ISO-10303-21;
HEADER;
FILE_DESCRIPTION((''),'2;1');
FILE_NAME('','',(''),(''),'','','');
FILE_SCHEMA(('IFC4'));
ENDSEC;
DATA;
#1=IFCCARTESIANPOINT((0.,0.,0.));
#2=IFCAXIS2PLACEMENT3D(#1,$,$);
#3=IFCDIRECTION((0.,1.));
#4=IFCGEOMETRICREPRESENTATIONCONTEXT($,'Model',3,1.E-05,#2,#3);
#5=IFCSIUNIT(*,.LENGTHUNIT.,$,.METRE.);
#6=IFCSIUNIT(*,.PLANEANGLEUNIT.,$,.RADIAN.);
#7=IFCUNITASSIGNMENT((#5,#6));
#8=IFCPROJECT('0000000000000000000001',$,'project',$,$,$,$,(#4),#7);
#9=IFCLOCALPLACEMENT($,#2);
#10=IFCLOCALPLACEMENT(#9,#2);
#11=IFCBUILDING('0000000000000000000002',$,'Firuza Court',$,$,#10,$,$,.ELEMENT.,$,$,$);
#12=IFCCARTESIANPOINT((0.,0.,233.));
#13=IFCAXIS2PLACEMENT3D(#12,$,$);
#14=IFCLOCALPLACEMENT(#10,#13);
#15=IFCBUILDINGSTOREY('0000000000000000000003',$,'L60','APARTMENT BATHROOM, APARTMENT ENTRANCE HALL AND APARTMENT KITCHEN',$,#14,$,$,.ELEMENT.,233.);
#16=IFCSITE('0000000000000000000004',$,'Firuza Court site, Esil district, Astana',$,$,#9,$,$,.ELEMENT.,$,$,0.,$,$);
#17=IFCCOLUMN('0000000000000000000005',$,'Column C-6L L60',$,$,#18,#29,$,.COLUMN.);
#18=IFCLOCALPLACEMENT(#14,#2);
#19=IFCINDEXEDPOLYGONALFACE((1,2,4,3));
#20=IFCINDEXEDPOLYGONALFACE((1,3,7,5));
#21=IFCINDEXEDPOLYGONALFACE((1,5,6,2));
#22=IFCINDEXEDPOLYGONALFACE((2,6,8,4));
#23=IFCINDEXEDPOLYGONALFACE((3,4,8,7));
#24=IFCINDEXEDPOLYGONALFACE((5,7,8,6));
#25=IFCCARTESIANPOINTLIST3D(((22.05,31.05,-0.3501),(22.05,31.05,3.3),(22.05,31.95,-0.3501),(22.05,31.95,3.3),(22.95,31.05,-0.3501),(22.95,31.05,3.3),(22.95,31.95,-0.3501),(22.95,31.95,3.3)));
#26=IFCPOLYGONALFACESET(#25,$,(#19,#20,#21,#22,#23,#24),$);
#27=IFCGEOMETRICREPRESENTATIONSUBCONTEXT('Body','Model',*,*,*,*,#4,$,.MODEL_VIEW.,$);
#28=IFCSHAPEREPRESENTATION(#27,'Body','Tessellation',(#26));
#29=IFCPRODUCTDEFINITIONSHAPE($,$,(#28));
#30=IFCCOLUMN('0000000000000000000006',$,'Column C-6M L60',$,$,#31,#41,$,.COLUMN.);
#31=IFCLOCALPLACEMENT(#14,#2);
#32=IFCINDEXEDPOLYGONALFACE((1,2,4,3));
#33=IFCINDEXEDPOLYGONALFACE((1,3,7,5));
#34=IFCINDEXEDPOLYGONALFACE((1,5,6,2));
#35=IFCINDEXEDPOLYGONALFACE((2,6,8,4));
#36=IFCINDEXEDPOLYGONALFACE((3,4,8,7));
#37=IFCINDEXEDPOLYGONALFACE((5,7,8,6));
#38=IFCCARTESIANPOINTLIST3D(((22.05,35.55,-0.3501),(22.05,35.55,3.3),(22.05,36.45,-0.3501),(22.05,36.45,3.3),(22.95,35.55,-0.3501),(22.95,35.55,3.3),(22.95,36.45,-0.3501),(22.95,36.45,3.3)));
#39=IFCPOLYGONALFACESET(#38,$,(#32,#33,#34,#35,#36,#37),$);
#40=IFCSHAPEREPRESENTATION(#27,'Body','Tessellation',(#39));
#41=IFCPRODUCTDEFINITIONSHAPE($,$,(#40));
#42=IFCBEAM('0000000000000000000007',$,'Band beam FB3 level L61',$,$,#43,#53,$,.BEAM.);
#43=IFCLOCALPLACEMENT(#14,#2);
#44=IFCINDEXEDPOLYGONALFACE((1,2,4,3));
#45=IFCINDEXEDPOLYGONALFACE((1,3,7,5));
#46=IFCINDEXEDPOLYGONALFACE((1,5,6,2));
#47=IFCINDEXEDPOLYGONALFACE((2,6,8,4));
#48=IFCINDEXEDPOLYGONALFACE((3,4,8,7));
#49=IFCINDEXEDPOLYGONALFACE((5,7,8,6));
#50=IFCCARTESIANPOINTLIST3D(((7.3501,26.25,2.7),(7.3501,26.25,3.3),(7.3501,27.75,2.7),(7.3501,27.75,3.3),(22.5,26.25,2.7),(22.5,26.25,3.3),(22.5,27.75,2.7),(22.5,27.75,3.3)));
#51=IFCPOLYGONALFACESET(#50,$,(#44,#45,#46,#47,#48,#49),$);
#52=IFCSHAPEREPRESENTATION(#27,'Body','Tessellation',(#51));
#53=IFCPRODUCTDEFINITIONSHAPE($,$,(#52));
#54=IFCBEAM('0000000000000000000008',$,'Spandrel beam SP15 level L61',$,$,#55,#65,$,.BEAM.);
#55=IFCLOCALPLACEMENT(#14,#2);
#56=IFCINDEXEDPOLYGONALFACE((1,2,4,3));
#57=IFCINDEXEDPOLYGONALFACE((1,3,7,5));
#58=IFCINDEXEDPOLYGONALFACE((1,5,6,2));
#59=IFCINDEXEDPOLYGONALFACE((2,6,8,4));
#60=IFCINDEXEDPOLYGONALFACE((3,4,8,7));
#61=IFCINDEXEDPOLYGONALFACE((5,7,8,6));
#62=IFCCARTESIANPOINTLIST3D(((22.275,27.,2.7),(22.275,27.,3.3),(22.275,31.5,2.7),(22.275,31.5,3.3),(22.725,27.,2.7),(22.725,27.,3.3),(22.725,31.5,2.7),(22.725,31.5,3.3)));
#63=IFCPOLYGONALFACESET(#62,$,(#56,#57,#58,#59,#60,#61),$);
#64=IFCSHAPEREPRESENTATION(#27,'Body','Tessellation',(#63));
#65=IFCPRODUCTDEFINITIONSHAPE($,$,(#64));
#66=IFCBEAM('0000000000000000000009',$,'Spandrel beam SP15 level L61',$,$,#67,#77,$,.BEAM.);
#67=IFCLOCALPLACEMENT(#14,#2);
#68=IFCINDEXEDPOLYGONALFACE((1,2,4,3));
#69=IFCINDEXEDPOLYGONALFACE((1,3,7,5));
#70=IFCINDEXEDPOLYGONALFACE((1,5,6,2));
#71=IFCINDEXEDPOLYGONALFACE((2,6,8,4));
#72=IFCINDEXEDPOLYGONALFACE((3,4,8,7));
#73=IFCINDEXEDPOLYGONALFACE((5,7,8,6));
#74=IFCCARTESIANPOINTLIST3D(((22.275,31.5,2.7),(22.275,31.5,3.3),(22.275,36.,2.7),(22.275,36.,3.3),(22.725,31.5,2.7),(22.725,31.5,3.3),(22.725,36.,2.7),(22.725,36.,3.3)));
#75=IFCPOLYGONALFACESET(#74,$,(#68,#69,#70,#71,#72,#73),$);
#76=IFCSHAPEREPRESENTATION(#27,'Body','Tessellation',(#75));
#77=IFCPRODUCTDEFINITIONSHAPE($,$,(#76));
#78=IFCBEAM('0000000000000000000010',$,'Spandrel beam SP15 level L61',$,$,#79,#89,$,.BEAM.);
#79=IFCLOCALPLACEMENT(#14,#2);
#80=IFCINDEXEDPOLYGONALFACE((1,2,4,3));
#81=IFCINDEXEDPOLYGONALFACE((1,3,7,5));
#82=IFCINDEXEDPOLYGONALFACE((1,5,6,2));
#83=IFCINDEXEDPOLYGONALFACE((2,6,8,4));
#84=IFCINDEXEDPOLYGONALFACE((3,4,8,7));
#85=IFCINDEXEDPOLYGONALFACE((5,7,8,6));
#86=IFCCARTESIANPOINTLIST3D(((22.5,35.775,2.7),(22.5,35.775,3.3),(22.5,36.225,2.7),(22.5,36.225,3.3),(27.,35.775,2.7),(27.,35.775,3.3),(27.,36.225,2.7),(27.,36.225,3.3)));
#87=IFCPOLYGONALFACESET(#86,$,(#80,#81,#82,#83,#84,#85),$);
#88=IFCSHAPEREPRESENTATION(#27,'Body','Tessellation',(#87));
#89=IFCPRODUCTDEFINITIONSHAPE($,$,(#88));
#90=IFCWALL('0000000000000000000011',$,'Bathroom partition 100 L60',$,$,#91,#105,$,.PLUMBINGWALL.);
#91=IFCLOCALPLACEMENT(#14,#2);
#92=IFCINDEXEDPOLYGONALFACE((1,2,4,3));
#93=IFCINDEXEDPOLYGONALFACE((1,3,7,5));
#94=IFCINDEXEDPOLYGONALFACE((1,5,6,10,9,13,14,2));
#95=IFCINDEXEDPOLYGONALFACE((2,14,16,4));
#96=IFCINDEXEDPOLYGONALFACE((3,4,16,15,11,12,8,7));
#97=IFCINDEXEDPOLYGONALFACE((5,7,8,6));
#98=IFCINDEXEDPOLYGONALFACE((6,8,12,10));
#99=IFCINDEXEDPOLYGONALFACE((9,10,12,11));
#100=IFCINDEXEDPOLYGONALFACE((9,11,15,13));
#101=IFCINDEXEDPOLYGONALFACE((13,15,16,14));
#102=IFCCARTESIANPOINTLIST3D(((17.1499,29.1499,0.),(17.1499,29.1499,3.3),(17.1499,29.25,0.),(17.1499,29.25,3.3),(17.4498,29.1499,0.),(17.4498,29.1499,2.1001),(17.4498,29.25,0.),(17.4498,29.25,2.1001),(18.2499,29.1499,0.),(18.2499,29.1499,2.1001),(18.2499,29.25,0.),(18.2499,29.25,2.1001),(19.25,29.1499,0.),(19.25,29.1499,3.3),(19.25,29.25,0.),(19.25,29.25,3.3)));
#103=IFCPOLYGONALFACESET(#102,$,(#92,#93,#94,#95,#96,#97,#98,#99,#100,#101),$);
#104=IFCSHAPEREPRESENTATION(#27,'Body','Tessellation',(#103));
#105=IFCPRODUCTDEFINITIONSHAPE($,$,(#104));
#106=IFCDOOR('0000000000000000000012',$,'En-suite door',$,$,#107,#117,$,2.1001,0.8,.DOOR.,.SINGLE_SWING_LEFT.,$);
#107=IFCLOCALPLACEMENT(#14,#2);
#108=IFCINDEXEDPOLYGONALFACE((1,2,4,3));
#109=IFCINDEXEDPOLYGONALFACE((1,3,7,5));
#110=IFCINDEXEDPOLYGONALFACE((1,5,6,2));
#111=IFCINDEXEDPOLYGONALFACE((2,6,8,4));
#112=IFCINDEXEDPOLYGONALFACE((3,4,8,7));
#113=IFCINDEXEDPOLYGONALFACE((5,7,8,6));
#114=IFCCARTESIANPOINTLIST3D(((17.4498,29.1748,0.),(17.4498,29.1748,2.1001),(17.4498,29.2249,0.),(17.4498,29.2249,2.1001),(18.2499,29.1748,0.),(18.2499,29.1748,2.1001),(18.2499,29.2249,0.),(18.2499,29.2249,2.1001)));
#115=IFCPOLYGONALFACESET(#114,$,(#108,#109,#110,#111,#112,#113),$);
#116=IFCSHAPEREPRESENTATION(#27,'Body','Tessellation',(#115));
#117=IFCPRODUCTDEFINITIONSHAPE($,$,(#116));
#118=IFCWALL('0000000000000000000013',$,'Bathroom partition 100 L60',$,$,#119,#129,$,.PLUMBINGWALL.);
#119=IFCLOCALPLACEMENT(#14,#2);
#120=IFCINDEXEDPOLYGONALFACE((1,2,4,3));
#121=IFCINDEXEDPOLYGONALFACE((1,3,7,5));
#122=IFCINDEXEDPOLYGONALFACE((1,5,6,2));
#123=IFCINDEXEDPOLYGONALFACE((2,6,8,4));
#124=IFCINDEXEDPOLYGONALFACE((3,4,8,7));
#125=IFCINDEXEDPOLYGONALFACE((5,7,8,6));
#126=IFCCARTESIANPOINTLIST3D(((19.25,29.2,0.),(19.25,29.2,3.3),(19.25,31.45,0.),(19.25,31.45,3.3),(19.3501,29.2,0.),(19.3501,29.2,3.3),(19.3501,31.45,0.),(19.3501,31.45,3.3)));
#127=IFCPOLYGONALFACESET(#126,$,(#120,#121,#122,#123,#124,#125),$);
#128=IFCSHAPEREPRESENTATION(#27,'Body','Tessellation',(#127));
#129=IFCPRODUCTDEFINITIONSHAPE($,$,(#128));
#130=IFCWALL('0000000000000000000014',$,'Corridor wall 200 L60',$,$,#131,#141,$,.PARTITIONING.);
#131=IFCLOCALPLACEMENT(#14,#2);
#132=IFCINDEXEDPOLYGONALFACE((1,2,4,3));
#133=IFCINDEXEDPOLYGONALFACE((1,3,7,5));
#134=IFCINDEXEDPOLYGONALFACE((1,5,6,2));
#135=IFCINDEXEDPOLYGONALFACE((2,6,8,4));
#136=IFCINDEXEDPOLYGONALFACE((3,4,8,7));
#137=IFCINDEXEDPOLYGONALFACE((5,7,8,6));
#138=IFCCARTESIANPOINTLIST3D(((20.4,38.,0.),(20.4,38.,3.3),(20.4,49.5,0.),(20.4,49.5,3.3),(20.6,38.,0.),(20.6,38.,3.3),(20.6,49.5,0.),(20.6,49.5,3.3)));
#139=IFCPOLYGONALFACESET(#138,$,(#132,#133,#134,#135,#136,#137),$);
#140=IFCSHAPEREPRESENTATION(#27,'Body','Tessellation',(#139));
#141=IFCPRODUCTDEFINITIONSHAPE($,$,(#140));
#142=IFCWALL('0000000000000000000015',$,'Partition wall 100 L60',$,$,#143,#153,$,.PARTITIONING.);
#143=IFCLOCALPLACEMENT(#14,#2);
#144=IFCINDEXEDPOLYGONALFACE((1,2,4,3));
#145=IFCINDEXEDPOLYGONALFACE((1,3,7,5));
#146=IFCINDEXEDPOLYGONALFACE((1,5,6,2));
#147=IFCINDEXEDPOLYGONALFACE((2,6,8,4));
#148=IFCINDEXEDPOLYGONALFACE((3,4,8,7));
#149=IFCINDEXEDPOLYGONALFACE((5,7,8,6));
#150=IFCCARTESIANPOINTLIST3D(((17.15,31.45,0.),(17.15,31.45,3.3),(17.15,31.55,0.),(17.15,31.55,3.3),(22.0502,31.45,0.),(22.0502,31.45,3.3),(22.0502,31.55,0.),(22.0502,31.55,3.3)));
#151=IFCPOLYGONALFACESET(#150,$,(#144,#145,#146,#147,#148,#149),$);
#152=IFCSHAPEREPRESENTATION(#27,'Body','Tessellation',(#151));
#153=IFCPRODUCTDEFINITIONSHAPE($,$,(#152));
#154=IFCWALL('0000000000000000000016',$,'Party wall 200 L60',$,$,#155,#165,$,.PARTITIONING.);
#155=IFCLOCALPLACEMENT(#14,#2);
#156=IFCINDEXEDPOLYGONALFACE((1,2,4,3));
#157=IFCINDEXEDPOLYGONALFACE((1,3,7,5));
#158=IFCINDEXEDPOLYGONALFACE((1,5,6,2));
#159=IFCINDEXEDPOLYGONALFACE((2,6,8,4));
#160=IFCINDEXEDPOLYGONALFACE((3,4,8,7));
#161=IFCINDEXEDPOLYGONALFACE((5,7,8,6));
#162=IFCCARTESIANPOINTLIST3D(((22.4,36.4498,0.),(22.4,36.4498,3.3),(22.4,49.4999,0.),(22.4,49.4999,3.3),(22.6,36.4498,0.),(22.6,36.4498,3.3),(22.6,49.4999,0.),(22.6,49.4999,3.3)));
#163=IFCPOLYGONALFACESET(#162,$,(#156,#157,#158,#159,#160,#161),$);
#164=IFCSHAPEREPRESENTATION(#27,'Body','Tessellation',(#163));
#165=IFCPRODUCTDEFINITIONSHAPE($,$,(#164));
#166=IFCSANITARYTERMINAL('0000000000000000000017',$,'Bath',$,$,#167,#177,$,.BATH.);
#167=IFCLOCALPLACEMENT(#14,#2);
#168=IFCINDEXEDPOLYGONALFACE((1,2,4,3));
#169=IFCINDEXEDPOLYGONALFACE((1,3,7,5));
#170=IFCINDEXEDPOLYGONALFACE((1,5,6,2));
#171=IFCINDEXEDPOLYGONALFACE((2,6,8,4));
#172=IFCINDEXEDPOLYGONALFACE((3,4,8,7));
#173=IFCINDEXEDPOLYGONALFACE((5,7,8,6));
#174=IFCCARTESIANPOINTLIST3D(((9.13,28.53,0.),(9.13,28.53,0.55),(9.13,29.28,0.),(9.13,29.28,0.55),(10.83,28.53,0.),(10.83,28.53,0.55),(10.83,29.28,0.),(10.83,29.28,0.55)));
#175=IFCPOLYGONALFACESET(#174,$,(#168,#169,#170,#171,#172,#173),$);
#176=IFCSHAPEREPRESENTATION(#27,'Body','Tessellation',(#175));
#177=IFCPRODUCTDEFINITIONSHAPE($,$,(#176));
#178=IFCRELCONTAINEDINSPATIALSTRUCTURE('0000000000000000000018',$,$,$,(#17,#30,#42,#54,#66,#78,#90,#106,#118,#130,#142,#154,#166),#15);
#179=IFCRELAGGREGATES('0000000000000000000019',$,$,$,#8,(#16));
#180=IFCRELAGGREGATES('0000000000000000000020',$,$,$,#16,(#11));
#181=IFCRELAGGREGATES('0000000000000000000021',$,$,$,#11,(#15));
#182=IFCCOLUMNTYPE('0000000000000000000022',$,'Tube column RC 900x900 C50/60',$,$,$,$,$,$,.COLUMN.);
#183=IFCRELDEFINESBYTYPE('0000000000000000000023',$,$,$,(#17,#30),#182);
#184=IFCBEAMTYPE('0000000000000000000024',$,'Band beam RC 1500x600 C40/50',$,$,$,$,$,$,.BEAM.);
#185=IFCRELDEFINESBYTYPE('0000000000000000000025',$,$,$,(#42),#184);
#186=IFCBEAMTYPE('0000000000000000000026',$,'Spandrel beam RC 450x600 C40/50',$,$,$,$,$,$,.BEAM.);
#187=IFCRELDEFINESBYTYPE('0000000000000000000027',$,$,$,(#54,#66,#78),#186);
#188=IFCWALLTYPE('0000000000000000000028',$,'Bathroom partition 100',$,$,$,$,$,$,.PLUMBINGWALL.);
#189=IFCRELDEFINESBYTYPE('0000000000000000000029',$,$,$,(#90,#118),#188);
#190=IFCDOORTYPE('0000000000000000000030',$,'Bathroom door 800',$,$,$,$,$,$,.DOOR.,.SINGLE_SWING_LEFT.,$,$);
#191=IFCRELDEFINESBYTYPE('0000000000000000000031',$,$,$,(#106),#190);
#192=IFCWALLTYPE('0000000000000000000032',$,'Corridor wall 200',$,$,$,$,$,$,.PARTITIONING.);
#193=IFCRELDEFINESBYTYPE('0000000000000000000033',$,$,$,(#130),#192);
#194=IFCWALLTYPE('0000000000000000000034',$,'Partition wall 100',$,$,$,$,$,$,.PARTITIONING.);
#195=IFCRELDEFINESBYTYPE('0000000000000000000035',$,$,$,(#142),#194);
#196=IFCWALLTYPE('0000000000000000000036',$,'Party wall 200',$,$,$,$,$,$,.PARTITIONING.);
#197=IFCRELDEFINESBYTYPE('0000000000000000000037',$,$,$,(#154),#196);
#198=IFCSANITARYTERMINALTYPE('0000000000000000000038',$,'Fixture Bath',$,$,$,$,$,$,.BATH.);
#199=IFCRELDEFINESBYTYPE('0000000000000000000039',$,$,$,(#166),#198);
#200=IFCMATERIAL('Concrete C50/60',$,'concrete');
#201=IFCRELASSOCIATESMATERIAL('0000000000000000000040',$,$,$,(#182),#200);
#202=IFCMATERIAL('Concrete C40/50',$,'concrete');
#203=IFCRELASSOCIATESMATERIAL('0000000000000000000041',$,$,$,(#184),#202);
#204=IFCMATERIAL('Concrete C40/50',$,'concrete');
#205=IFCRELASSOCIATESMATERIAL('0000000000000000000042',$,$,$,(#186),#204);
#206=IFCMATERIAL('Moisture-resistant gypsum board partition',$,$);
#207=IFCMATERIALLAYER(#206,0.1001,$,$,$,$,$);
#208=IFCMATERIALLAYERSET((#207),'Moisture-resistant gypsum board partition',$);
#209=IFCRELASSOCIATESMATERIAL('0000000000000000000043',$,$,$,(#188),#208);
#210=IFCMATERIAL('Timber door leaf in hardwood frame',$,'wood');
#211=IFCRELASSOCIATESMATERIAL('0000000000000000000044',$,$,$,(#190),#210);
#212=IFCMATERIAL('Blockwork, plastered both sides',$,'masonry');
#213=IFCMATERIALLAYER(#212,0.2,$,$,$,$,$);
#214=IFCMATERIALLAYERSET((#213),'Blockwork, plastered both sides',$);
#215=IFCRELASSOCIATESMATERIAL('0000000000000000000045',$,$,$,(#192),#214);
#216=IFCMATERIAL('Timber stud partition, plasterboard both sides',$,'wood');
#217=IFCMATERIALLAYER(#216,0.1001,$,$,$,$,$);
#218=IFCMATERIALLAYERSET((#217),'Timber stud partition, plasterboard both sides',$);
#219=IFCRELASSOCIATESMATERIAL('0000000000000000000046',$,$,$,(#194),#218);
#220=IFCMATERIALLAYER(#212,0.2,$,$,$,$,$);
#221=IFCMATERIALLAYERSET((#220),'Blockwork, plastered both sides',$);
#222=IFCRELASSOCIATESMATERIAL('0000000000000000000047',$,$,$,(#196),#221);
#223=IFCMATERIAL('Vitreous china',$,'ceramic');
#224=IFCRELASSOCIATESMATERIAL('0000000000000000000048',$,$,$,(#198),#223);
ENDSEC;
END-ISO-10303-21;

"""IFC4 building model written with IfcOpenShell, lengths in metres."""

from ifc_helpers import new_model, si_unit, direction, frame, frame_2d, origin, origin_2d, place, context, subcontext, project, spatial, rectangle, extrude, material, layer, layer_set, material_profile, profile_set, type_object, element, fill, save


model = new_model("IFC4")

# Units and contexts
model_context = context("Model", 3, precision=1e-05, world=origin(), true_north=direction((0.0, 1.0)))
body_context = subcontext(model_context, "Body", "Model", "MODEL_VIEW")
ifc_project = project(units=[si_unit("LENGTHUNIT", "METRE"), si_unit("PLANEANGLEUNIT", "RADIAN")], contexts=[model_context])

# Site, building, storey
site_placement = place(None, origin())
site = spatial("IfcSite", under=ifc_project, at=site_placement, Name="Firuza Court site, Esil district, Astana", CompositionType="ELEMENT", RefElevation=0.0)
building_placement = place(site_placement, origin())
building = spatial("IfcBuilding", under=site, at=building_placement, Name="Firuza Court", CompositionType="ELEMENT")
storey_placement = place(building_placement, frame((0.0, 0.0, 233.0)))
storey = spatial("IfcBuildingStorey", under=building, at=storey_placement, Name="L60", Description="APARTMENT BATHROOM, APARTMENT ENTRANCE HALL AND APARTMENT KITCHEN", CompositionType="ELEMENT", Elevation=233.0)

# Columns
ifc_material_1 = material(Name="Concrete C50/60", Category="concrete")
ifc_material_profile_1 = material_profile(ifc_material_1, rectangle(XDim=0.8999, YDim=0.8999, at=origin_2d()), Name="RC 900x900")
ifc_profile_set_1 = profile_set([ifc_material_profile_1], Name="Concrete C50/60")
column_type = type_object("IfcColumnType", Name="Tube column RC 900x900 C50/60", PredefinedType="COLUMN", material=ifc_profile_set_1)
for number, where, z_axis, x_axis, name in (
    (1, (22.5, 31.5, -0.3501), (0.0, 0.0, 1.0), (1.0, 0.0, 0.0), "Column C-6L L60"),
    (2, (22.5, 36.0, -0.3501), (0.0, 0.0, 1.0), (1.0, 0.0, 0.0), "Column C-6M L60"),
):
    element("IfcColumn", number, at=place(storey_placement, frame(where, z_axis=z_axis, x_axis=x_axis)), inside=storey, type_object=column_type, Name=name, PredefinedType="COLUMN", context=body_context, shape_type="SweptSolid", body=[
        extrude(rectangle(XDim=0.8999, YDim=0.8999, at=origin_2d()), origin(), (0.0, 0.0, 1.0), 3.6501),
    ])

# Beams
ifc_material_2 = material(Name="Concrete C40/50", Category="concrete")
ifc_material_profile_2 = material_profile(ifc_material_2, rectangle(XDim=1.5, YDim=0.6001, at=origin_2d()), Name="RC 1500x600")
ifc_profile_set_2 = profile_set([ifc_material_profile_2], Name="Concrete C40/50")
beam_type_1 = type_object("IfcBeamType", Name="Band beam RC 1500x600 C40/50", PredefinedType="BEAM", material=ifc_profile_set_2)
beam_placement = place(storey_placement, frame((22.5, 27.0, 3.0), z_axis=(-1.0, 0.0, 0.0), x_axis=(0.0, -1.0, 0.0)))
element("IfcBeam", 3, at=beam_placement, inside=storey, type_object=beam_type_1, Name="Band beam FB3 level L61", PredefinedType="BEAM", context=body_context, shape_type="SweptSolid", body=[
    extrude(rectangle(XDim=1.5, YDim=0.6001, at=origin_2d()), origin(), (0.0, 0.0, 1.0), 15.1499),
])
ifc_material_3 = material(Name="Concrete C40/50", Category="concrete")
ifc_material_profile_3 = material_profile(ifc_material_3, rectangle(XDim=0.45, YDim=0.6001, at=origin_2d()), Name="RC 450x600")
ifc_profile_set_3 = profile_set([ifc_material_profile_3], Name="Concrete C40/50")
beam_type_2 = type_object("IfcBeamType", Name="Spandrel beam RC 450x600 C40/50", PredefinedType="BEAM", material=ifc_profile_set_3)
for number, where, z_axis, x_axis, name in (
    (4, (22.5, 27.0, 3.0), (0.0, 1.0, 0.0), (-1.0, 0.0, 0.0), "Spandrel beam SP15 level L61"),
    (5, (22.5, 31.5, 3.0), (0.0, 1.0, 0.0), (-1.0, 0.0, 0.0), "Spandrel beam SP15 level L61"),
    (6, (22.5, 36.0, 3.0), (1.0, 0.0, 0.0), (0.0, 1.0, 0.0), "Spandrel beam SP15 level L61"),
):
    element("IfcBeam", number, at=place(storey_placement, frame(where, z_axis=z_axis, x_axis=x_axis)), inside=storey, type_object=beam_type_2, Name=name, PredefinedType="BEAM", context=body_context, shape_type="SweptSolid", body=[
        extrude(rectangle(XDim=0.45, YDim=0.6001, at=origin_2d()), origin(), (0.0, 0.0, 1.0), 4.5),
    ])

# Wall, opening, door
ifc_material_4 = material(Name="Moisture-resistant gypsum board partition")
ifc_layer_1 = layer(ifc_material_4, 0.1001)
ifc_layer_set_1 = layer_set([ifc_layer_1], Name="Moisture-resistant gypsum board partition")
wall_type_1 = type_object("IfcWallType", Name="Bathroom partition 100", PredefinedType="PLUMBINGWALL", material=ifc_layer_set_1)
wall_1_placement = place(storey_placement, frame((17.1499, 29.2, 0.0), z_axis=(0.0, 0.0, 1.0), x_axis=(1.0, 0.0, 0.0)))
wall_1 = element("IfcWall", 7, at=wall_1_placement, inside=storey, type_object=wall_type_1, Name="Bathroom partition 100 L60", PredefinedType="PLUMBINGWALL", context=body_context, shape_type="SweptSolid", body=[
    extrude(rectangle(XDim=2.1001, YDim=0.1001, at=frame_2d((1.05, 0.0))), origin(), (0.0, 0.0, 1.0), 3.3),
])
opening_placement = place(wall_1_placement, frame((0.3, 0.0, 0.0)))
opening = element("IfcOpeningElement", 8, at=opening_placement, cuts=wall_1, PredefinedType="OPENING", context=body_context, shape_type="SweptSolid", body=[
    extrude(rectangle(XDim=0.8, YDim=2.1001, at=frame_2d((0.3999, 1.05))), frame((0.0, 0.062, 0.0), z_axis=(0.0, -1.0, 0.0), x_axis=(1.0, 0.0, 0.0)), (0.0, 0.0, 1.0), 0.124),
])
ifc_material_5 = material(Name="Timber door leaf in hardwood frame", Category="wood")
door_type = type_object("IfcDoorType", Name="Bathroom door 800", OperationType="SINGLE_SWING_LEFT", PredefinedType="DOOR", material=ifc_material_5)
door_placement = place(opening_placement, origin())
door = element("IfcDoor", 9, at=door_placement, inside=storey, type_object=door_type, Name="En-suite door", OperationType="SINGLE_SWING_LEFT", OverallHeight=2.1001, OverallWidth=0.8, PredefinedType="DOOR", context=body_context, shape_type="SweptSolid", body=[
    extrude(rectangle(XDim=0.8, YDim=2.1001, at=frame_2d((0.3999, 1.05))), frame((0.0, 0.0249, 0.0), z_axis=(0.0, -1.0, 0.0), x_axis=(1.0, 0.0, 0.0)), (0.0, 0.0, 1.0), 0.05),
])
fill(opening, door)

# Walls
wall_2_placement = place(storey_placement, frame((19.3, 29.2, 0.0), z_axis=(0.0, 0.0, 1.0), x_axis=(0.0, 1.0, 0.0)))
element("IfcWall", 10, at=wall_2_placement, inside=storey, type_object=wall_type_1, Name="Bathroom partition 100 L60", PredefinedType="PLUMBINGWALL", context=body_context, shape_type="SweptSolid", body=[
    extrude(rectangle(XDim=2.25, YDim=0.1001, at=frame_2d((1.125, 0.0))), origin(), (0.0, 0.0, 1.0), 3.3),
])
ifc_material_6 = material(Name="Blockwork, plastered both sides", Category="masonry")
ifc_layer_2 = layer(ifc_material_6, 0.2)
ifc_layer_set_2 = layer_set([ifc_layer_2], Name="Blockwork, plastered both sides")
wall_type_2 = type_object("IfcWallType", Name="Corridor wall 200", PredefinedType="PARTITIONING", material=ifc_layer_set_2)
wall_3_placement = place(storey_placement, frame((20.5, 38.0, 0.0), z_axis=(0.0, 0.0, 1.0), x_axis=(0.0, 1.0, 0.0)))
element("IfcWall", 11, at=wall_3_placement, inside=storey, type_object=wall_type_2, Name="Corridor wall 200 L60", PredefinedType="PARTITIONING", context=body_context, shape_type="SweptSolid", body=[
    extrude(rectangle(XDim=11.5, YDim=0.2, at=frame_2d((5.75, 0.0))), origin(), (0.0, 0.0, 1.0), 3.3),
])
ifc_material_7 = material(Name="Timber stud partition, plasterboard both sides", Category="wood")
ifc_layer_3 = layer(ifc_material_7, 0.1001)
ifc_layer_set_3 = layer_set([ifc_layer_3], Name="Timber stud partition, plasterboard both sides")
wall_type_3 = type_object("IfcWallType", Name="Partition wall 100", PredefinedType="PARTITIONING", material=ifc_layer_set_3)
wall_4_placement = place(storey_placement, frame((17.1499, 31.5, 0.0), z_axis=(0.0, 0.0, 1.0), x_axis=(1.0, 0.0, 0.0)))
element("IfcWall", 12, at=wall_4_placement, inside=storey, type_object=wall_type_3, Name="Partition wall 100 L60", PredefinedType="PARTITIONING", context=body_context, shape_type="SweptSolid", body=[
    extrude(rectangle(XDim=4.9001, YDim=0.1001, at=frame_2d((2.4502, 0.0))), origin(), (0.0, 0.0, 1.0), 3.3),
])
ifc_layer_4 = layer(ifc_material_6, 0.2)
ifc_layer_set_4 = layer_set([ifc_layer_4], Name="Blockwork, plastered both sides")
wall_type_4 = type_object("IfcWallType", Name="Party wall 200", PredefinedType="PARTITIONING", material=ifc_layer_set_4)
wall_5_placement = place(storey_placement, frame((22.5, 36.45, 0.0), z_axis=(0.0, 0.0, 1.0), x_axis=(0.0, 1.0, 0.0)))
element("IfcWall", 13, at=wall_5_placement, inside=storey, type_object=wall_type_4, Name="Party wall 200 L60", PredefinedType="PARTITIONING", context=body_context, shape_type="SweptSolid", body=[
    extrude(rectangle(XDim=13.05, YDim=0.2, at=frame_2d((6.5249, 0.0))), origin(), (0.0, 0.0, 1.0), 3.3),
])

# Sanitary terminal
ifc_material_8 = material(Name="Vitreous china", Category="ceramic")
sanitary_terminal_type_1 = type_object("IfcSanitaryTerminalType", Name="Fixture Bath", PredefinedType="BATH", material=ifc_material_8)
sanitary_terminal_1_placement = place(storey_placement, frame((9.98, 28.905, 0.0), z_axis=(0.0, 0.0, 1.0), x_axis=(1.0, 0.0, 0.0)))
element("IfcSanitaryTerminal", 14, at=sanitary_terminal_1_placement, inside=storey, type_object=sanitary_terminal_type_1, Name="Bath", PredefinedType="BATH", context=body_context, shape_type="SweptSolid", body=[
    extrude(rectangle(XDim=1.7, YDim=0.75, at=origin_2d()), origin(), (0.0, 0.0, 1.0), 0.55),
])

save(model, "model.ifc")
